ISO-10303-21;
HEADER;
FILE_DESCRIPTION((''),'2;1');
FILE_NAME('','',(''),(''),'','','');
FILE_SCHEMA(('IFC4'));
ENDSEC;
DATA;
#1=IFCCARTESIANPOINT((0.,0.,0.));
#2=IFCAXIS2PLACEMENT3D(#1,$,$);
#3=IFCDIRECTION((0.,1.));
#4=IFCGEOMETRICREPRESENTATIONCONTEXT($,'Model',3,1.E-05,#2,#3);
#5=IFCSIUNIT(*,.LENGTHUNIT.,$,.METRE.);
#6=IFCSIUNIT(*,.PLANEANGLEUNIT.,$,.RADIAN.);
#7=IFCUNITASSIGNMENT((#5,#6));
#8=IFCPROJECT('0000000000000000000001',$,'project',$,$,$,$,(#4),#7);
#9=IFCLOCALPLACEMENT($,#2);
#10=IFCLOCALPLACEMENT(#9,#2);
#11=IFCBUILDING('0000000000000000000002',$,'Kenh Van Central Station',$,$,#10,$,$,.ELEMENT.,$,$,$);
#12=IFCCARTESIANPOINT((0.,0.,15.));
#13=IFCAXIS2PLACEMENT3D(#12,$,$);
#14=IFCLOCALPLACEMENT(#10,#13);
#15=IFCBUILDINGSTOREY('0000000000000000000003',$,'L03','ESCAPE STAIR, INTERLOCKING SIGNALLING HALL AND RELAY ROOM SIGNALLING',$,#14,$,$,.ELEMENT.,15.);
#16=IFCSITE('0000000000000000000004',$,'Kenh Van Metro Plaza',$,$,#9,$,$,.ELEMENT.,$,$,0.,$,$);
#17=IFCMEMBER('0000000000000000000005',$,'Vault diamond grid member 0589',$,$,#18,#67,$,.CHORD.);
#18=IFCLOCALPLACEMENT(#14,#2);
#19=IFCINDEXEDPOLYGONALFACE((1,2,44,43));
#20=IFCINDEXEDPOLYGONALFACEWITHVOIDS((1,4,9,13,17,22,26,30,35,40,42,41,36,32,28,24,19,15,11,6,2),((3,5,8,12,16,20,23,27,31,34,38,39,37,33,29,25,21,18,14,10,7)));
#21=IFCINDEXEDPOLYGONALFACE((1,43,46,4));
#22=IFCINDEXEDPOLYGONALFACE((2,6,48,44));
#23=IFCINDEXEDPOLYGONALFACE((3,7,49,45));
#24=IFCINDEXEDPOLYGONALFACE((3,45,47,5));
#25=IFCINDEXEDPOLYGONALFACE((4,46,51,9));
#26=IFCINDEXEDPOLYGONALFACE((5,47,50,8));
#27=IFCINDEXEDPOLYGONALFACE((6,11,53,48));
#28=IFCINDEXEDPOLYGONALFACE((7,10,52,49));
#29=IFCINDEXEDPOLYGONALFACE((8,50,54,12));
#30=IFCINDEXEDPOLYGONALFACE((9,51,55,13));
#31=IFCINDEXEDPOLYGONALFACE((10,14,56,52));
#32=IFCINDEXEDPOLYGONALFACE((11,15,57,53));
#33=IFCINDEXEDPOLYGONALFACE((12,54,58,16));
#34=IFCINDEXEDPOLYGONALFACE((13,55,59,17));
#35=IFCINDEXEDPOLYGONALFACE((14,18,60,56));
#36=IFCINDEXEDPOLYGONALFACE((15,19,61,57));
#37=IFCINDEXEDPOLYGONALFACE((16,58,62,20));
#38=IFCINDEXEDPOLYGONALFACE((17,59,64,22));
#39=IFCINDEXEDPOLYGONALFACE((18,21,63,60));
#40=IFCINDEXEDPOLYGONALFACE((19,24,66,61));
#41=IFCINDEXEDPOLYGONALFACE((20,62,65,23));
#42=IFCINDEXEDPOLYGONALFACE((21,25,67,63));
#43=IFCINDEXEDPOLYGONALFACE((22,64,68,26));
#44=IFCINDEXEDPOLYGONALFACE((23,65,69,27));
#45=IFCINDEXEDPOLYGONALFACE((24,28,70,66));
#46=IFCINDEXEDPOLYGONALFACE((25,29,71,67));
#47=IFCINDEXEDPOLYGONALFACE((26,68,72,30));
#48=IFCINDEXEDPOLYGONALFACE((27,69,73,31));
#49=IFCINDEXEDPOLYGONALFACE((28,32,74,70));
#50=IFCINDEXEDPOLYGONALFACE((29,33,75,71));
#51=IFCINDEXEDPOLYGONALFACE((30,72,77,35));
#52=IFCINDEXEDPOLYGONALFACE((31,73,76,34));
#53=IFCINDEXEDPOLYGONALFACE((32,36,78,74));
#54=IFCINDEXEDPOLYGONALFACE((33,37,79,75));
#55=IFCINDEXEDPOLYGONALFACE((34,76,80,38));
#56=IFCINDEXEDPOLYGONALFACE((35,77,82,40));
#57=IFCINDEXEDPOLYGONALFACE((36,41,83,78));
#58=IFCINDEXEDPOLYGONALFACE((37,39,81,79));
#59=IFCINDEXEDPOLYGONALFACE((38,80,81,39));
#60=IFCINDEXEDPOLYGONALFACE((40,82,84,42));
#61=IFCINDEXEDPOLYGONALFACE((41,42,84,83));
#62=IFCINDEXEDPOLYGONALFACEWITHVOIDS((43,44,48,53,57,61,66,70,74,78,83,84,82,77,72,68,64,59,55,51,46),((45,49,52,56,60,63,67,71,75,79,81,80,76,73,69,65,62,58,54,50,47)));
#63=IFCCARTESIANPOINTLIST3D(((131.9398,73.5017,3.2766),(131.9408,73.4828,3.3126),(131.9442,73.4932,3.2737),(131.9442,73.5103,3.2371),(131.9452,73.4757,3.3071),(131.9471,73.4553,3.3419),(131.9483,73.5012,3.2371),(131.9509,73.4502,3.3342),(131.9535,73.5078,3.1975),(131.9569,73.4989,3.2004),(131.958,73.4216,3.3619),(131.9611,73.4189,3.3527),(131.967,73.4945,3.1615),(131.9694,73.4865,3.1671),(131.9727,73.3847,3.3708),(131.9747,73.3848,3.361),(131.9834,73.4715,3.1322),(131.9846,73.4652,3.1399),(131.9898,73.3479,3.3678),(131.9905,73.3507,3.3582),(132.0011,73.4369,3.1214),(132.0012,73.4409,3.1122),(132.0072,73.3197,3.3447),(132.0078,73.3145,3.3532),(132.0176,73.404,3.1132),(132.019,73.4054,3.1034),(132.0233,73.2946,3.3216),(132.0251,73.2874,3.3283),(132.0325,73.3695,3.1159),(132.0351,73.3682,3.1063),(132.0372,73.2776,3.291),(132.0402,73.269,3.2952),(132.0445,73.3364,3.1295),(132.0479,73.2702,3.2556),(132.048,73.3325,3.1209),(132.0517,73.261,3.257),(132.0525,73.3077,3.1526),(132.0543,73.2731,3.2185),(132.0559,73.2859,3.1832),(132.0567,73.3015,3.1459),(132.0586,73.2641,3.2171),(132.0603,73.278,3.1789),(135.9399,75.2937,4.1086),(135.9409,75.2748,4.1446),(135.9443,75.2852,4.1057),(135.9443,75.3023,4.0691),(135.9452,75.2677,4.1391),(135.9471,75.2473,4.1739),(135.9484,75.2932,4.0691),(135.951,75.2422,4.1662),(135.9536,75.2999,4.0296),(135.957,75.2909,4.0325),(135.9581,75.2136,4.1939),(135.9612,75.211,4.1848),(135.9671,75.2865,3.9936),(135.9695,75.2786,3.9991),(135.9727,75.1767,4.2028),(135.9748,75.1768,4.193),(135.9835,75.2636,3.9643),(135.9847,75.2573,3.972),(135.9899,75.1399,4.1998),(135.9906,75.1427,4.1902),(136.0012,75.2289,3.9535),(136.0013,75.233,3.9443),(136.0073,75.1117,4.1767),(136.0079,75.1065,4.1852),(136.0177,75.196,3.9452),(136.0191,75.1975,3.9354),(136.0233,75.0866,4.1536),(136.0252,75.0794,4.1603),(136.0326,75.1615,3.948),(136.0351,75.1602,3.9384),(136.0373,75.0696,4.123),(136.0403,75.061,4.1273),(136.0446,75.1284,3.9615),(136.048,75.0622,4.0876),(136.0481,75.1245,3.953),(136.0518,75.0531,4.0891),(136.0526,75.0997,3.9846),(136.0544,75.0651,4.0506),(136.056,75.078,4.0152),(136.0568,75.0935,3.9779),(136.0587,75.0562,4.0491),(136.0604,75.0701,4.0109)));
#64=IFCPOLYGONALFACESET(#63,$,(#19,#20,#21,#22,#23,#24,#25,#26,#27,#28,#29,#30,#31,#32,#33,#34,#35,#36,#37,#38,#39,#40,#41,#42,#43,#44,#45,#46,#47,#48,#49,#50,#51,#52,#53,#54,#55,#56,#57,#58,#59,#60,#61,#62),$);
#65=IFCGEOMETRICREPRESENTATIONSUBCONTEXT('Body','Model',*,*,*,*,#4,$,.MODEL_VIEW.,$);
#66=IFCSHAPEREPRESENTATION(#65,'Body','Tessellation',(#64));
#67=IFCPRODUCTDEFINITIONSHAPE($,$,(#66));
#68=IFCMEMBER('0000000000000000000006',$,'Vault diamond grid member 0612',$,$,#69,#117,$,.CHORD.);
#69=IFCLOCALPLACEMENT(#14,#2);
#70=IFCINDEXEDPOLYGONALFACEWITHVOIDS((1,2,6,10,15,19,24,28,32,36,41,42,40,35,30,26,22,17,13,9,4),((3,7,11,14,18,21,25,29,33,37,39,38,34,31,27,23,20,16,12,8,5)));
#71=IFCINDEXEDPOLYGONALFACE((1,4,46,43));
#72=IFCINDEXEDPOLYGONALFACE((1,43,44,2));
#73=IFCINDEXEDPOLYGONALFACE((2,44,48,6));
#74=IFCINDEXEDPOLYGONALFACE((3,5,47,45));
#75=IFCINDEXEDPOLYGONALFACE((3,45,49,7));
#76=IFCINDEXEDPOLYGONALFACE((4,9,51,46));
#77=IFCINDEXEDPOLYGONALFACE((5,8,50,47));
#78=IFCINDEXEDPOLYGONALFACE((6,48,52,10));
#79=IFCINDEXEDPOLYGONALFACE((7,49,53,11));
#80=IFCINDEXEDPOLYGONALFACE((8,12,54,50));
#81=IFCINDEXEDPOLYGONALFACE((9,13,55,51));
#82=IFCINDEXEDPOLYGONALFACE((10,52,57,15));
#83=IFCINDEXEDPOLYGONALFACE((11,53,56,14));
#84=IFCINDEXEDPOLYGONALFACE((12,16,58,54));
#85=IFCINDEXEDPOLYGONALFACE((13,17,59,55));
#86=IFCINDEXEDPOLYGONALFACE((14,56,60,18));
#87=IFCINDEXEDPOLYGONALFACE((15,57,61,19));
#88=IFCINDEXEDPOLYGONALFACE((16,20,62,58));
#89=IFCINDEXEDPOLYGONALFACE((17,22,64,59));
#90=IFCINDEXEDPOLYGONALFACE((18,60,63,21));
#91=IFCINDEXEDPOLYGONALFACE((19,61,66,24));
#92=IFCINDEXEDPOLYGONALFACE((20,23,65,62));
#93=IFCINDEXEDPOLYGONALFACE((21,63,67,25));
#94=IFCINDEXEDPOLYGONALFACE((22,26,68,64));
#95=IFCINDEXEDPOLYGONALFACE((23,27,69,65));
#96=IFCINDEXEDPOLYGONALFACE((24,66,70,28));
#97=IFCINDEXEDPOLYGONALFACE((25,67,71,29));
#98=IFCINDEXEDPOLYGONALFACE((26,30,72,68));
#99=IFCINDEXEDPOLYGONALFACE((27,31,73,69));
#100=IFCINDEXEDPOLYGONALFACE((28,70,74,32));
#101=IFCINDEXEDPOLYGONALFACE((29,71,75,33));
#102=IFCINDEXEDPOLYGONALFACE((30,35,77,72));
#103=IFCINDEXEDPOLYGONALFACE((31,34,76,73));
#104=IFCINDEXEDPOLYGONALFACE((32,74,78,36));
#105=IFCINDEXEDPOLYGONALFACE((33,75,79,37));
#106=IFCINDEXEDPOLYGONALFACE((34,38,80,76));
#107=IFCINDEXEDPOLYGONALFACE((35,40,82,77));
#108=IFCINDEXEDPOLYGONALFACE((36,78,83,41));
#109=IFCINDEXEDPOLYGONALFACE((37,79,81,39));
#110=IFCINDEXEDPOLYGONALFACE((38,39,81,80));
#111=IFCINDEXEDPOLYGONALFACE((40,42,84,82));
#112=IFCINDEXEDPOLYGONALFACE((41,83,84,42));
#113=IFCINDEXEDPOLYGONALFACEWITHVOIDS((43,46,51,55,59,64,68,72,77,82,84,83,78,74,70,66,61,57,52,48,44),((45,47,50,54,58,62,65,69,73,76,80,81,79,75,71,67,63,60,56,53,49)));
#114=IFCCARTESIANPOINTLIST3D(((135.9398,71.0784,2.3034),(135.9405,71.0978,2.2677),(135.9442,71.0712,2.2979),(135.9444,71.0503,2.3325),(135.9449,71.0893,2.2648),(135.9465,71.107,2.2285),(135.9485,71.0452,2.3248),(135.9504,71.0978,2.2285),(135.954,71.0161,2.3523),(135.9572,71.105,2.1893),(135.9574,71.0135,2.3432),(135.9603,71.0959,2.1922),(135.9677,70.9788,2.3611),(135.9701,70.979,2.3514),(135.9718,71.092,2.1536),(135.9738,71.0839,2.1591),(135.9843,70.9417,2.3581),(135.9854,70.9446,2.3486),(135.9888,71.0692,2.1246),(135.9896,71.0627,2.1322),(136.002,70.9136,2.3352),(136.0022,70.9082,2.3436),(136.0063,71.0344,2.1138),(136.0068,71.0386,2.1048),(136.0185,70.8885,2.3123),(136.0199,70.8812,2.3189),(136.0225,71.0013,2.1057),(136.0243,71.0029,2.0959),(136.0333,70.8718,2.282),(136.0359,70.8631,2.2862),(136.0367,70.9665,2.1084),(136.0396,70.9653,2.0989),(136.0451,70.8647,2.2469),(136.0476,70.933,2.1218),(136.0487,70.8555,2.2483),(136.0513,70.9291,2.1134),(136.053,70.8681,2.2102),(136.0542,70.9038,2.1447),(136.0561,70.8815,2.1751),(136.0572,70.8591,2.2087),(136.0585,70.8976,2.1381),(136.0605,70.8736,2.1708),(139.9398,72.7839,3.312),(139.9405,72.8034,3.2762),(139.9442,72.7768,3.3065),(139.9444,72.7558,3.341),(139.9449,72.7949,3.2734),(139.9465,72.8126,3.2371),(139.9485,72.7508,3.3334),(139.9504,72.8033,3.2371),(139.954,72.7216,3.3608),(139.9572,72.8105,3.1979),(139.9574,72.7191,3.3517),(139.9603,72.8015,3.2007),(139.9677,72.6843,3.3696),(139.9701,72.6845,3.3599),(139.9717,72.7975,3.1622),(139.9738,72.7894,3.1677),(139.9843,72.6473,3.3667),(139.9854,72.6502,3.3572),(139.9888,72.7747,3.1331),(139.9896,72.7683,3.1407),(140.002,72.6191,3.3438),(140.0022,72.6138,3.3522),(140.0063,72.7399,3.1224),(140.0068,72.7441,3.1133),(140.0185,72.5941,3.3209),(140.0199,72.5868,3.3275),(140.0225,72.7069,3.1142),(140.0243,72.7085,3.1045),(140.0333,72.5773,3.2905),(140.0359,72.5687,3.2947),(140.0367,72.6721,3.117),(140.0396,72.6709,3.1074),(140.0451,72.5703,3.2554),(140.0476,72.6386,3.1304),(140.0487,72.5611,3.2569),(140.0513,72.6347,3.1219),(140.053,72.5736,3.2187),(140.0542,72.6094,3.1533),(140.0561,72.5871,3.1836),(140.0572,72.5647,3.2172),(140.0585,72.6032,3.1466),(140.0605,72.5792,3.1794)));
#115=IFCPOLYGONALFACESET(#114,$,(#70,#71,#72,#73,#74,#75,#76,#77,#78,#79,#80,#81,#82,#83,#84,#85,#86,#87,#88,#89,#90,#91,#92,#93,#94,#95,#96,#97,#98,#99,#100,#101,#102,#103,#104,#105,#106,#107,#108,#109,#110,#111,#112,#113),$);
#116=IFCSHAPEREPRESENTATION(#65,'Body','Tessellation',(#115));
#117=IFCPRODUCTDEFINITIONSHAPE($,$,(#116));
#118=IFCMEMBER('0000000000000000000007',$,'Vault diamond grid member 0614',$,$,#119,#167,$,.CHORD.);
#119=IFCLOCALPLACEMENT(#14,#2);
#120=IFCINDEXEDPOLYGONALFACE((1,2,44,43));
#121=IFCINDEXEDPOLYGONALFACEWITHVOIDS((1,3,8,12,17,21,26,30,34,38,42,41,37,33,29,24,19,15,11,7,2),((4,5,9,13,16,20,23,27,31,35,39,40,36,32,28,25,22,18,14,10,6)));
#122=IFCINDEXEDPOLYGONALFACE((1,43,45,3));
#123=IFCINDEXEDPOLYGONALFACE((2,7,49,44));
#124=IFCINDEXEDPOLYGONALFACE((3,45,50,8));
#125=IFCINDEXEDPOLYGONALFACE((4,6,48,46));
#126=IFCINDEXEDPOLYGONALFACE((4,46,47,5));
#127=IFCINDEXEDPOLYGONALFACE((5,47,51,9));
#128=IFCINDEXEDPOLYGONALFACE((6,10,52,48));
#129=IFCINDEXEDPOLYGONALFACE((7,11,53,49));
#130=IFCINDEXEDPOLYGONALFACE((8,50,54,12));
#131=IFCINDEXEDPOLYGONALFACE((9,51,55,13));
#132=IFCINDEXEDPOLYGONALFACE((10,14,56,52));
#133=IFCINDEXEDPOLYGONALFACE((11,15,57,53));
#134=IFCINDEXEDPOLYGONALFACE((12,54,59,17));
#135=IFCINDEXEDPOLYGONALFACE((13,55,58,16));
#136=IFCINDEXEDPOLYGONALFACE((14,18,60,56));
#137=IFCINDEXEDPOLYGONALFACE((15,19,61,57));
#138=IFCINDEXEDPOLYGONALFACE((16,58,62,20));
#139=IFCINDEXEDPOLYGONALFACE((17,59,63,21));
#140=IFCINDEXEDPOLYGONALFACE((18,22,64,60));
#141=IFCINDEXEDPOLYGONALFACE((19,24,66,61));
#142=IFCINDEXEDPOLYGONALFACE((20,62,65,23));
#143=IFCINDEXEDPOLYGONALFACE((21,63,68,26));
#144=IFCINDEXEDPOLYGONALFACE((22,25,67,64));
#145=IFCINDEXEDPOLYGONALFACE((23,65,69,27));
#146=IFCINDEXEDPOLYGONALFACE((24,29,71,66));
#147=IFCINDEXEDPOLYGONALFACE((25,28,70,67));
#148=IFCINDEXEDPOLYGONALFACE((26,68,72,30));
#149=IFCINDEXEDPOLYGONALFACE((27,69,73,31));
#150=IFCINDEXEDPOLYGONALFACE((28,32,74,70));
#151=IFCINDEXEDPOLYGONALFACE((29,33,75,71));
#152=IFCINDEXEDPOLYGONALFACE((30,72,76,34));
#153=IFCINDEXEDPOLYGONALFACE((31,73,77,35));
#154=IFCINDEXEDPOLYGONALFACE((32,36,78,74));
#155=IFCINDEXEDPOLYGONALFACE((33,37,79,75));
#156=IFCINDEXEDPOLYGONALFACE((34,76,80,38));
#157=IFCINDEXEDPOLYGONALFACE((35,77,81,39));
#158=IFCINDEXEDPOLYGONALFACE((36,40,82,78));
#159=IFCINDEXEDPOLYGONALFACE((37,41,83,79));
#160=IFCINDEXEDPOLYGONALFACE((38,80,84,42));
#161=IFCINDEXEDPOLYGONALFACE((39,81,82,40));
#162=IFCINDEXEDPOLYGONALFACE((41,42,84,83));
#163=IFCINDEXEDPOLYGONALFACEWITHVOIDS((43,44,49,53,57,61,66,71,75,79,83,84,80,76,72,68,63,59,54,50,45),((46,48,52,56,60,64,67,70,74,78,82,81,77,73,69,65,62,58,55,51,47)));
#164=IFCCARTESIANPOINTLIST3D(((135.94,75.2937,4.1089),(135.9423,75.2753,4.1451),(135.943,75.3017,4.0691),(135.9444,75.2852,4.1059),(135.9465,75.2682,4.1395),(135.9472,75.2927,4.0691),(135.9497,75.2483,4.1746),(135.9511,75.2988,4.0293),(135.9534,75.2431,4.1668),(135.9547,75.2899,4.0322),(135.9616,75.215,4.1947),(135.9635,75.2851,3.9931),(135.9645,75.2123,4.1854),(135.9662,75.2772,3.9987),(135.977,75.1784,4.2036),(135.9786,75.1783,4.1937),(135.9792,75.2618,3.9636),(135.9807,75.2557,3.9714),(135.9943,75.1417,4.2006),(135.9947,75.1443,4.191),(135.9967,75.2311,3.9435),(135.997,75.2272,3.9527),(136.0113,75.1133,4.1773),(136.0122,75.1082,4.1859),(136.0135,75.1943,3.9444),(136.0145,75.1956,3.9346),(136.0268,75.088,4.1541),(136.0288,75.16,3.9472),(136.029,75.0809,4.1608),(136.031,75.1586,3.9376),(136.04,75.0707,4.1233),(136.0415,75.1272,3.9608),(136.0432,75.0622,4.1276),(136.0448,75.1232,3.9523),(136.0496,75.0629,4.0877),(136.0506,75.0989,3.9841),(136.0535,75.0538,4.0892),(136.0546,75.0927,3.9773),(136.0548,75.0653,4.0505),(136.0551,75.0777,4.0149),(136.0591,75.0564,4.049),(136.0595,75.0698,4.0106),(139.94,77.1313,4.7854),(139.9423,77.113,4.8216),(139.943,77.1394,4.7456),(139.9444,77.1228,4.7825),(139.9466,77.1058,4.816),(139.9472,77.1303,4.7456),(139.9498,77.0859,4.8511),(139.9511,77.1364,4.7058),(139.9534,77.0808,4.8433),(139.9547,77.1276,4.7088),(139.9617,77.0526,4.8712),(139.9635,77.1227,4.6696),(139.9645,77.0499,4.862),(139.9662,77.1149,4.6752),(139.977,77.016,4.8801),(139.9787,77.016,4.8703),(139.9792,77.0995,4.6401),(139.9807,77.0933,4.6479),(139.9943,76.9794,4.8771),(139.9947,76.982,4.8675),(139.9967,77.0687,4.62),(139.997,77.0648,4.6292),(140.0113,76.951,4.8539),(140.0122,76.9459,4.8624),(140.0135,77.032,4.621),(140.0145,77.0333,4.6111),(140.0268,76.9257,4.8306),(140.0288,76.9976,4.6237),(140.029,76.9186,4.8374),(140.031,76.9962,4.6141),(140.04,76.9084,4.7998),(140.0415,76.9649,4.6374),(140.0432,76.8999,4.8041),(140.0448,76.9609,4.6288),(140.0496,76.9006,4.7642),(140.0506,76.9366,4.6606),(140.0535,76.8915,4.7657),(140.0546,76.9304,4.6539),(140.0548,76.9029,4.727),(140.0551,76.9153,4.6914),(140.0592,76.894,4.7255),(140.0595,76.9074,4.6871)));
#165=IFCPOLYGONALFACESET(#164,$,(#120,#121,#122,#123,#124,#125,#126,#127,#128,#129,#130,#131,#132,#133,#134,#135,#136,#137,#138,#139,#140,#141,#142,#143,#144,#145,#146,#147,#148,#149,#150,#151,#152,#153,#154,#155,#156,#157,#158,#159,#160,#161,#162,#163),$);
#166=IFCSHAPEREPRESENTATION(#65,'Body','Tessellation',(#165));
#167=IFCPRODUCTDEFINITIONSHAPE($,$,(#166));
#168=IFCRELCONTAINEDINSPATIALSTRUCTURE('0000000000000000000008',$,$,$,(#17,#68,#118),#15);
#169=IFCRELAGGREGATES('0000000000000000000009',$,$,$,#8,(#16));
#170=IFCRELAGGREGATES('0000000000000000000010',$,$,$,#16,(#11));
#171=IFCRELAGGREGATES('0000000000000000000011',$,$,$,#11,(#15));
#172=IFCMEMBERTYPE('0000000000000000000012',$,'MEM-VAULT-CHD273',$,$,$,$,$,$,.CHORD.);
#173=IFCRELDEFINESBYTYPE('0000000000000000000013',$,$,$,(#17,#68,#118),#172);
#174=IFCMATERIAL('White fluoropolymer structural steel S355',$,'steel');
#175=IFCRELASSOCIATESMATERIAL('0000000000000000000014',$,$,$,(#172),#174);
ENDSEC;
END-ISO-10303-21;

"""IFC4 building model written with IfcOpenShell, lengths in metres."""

from ifc_helpers import new_model, si_unit, direction, frame, origin, origin_2d, place, context, subcontext, project, spatial, hollow_circle, extrude, material, material_profile, profile_set, type_object, element, save


model = new_model("IFC4")

# Units and contexts
model_context = context("Model", 3, precision=1e-05, world=origin(), true_north=direction((0.0, 1.0)))
body_context = subcontext(model_context, "Body", "Model", "MODEL_VIEW")
ifc_project = project(units=[si_unit("LENGTHUNIT", "METRE"), si_unit("PLANEANGLEUNIT", "RADIAN")], contexts=[model_context])

# Site, building, storey
site_placement = place(None, origin())
site = spatial("IfcSite", under=ifc_project, at=site_placement, Name="Kenh Van Metro Plaza", CompositionType="ELEMENT", RefElevation=0.0)
building_placement = place(site_placement, origin())
building = spatial("IfcBuilding", under=site, at=building_placement, Name="Kenh Van Central Station", CompositionType="ELEMENT")
storey_placement = place(building_placement, frame((0.0, 0.0, 15.0)))
storey = spatial("IfcBuildingStorey", under=building, at=storey_placement, Name="L03", Description="ESCAPE STAIR, INTERLOCKING SIGNALLING HALL AND RELAY ROOM SIGNALLING", CompositionType="ELEMENT", Elevation=15.0)

# Shared definitions
ifc_material_1 = material(Name="White fluoropolymer structural steel S355", Category="steel")

# Members
ifc_material_profile_1 = material_profile(ifc_material_1, hollow_circle(Radius=0.1365, WallThickness=0.01, at=origin_2d()), Name="CHS 273x10")
ifc_profile_set_1 = profile_set([ifc_material_profile_1], Name="White fluoropolymer structural steel S355")
member_type_1 = type_object("IfcMemberType", Name="MEM-VAULT-CHD273", PredefinedType="CHORD", material=ifc_profile_set_1)
member_1_placement = place(storey_placement, frame((132.0, 73.3857, 3.2371), z_axis=(0.896593, 0.401672, 0.186498), x_axis=(-0.408845, 0.912604, 0.0)))
element("IfcMember", 1, at=member_1_placement, inside=storey, type_object=member_type_1, Name="Vault diamond grid member 0589", PredefinedType="CHORD", context=body_context, shape_type="SweptSolid", body=[
    extrude(hollow_circle(Radius=0.1365, WallThickness=0.01, at=origin_2d()), origin(), (0.0, 0.0, 1.0), 4.4614),
])
member_2_placement = place(storey_placement, frame((136.0, 70.9814, 2.2285), z_axis=(0.896084, 0.382083, 0.225935), x_axis=(-0.392225, 0.919869, 0.0)))
element("IfcMember", 2, at=member_2_placement, inside=storey, type_object=member_type_1, Name="Vault diamond grid member 0612", PredefinedType="CHORD", context=body_context, shape_type="SweptSolid", body=[
    extrude(hollow_circle(Radius=0.1365, WallThickness=0.01, at=origin_2d()), origin(), (0.0, 0.0, 1.0), 4.4639),
])
member_3_placement = place(storey_placement, frame((136.0, 75.1777, 4.0691), z_axis=(0.898148, 0.41262, 0.151902), x_axis=(-0.417464, 0.908693, 0.0)))
element("IfcMember", 3, at=member_3_placement, inside=storey, type_object=member_type_1, Name="Vault diamond grid member 0614", PredefinedType="CHORD", context=body_context, shape_type="SweptSolid", body=[
    extrude(hollow_circle(Radius=0.1365, WallThickness=0.01, at=origin_2d()), origin(), (0.0, 0.0, 1.0), 4.4536),
])

save(model, "model.ifc")
